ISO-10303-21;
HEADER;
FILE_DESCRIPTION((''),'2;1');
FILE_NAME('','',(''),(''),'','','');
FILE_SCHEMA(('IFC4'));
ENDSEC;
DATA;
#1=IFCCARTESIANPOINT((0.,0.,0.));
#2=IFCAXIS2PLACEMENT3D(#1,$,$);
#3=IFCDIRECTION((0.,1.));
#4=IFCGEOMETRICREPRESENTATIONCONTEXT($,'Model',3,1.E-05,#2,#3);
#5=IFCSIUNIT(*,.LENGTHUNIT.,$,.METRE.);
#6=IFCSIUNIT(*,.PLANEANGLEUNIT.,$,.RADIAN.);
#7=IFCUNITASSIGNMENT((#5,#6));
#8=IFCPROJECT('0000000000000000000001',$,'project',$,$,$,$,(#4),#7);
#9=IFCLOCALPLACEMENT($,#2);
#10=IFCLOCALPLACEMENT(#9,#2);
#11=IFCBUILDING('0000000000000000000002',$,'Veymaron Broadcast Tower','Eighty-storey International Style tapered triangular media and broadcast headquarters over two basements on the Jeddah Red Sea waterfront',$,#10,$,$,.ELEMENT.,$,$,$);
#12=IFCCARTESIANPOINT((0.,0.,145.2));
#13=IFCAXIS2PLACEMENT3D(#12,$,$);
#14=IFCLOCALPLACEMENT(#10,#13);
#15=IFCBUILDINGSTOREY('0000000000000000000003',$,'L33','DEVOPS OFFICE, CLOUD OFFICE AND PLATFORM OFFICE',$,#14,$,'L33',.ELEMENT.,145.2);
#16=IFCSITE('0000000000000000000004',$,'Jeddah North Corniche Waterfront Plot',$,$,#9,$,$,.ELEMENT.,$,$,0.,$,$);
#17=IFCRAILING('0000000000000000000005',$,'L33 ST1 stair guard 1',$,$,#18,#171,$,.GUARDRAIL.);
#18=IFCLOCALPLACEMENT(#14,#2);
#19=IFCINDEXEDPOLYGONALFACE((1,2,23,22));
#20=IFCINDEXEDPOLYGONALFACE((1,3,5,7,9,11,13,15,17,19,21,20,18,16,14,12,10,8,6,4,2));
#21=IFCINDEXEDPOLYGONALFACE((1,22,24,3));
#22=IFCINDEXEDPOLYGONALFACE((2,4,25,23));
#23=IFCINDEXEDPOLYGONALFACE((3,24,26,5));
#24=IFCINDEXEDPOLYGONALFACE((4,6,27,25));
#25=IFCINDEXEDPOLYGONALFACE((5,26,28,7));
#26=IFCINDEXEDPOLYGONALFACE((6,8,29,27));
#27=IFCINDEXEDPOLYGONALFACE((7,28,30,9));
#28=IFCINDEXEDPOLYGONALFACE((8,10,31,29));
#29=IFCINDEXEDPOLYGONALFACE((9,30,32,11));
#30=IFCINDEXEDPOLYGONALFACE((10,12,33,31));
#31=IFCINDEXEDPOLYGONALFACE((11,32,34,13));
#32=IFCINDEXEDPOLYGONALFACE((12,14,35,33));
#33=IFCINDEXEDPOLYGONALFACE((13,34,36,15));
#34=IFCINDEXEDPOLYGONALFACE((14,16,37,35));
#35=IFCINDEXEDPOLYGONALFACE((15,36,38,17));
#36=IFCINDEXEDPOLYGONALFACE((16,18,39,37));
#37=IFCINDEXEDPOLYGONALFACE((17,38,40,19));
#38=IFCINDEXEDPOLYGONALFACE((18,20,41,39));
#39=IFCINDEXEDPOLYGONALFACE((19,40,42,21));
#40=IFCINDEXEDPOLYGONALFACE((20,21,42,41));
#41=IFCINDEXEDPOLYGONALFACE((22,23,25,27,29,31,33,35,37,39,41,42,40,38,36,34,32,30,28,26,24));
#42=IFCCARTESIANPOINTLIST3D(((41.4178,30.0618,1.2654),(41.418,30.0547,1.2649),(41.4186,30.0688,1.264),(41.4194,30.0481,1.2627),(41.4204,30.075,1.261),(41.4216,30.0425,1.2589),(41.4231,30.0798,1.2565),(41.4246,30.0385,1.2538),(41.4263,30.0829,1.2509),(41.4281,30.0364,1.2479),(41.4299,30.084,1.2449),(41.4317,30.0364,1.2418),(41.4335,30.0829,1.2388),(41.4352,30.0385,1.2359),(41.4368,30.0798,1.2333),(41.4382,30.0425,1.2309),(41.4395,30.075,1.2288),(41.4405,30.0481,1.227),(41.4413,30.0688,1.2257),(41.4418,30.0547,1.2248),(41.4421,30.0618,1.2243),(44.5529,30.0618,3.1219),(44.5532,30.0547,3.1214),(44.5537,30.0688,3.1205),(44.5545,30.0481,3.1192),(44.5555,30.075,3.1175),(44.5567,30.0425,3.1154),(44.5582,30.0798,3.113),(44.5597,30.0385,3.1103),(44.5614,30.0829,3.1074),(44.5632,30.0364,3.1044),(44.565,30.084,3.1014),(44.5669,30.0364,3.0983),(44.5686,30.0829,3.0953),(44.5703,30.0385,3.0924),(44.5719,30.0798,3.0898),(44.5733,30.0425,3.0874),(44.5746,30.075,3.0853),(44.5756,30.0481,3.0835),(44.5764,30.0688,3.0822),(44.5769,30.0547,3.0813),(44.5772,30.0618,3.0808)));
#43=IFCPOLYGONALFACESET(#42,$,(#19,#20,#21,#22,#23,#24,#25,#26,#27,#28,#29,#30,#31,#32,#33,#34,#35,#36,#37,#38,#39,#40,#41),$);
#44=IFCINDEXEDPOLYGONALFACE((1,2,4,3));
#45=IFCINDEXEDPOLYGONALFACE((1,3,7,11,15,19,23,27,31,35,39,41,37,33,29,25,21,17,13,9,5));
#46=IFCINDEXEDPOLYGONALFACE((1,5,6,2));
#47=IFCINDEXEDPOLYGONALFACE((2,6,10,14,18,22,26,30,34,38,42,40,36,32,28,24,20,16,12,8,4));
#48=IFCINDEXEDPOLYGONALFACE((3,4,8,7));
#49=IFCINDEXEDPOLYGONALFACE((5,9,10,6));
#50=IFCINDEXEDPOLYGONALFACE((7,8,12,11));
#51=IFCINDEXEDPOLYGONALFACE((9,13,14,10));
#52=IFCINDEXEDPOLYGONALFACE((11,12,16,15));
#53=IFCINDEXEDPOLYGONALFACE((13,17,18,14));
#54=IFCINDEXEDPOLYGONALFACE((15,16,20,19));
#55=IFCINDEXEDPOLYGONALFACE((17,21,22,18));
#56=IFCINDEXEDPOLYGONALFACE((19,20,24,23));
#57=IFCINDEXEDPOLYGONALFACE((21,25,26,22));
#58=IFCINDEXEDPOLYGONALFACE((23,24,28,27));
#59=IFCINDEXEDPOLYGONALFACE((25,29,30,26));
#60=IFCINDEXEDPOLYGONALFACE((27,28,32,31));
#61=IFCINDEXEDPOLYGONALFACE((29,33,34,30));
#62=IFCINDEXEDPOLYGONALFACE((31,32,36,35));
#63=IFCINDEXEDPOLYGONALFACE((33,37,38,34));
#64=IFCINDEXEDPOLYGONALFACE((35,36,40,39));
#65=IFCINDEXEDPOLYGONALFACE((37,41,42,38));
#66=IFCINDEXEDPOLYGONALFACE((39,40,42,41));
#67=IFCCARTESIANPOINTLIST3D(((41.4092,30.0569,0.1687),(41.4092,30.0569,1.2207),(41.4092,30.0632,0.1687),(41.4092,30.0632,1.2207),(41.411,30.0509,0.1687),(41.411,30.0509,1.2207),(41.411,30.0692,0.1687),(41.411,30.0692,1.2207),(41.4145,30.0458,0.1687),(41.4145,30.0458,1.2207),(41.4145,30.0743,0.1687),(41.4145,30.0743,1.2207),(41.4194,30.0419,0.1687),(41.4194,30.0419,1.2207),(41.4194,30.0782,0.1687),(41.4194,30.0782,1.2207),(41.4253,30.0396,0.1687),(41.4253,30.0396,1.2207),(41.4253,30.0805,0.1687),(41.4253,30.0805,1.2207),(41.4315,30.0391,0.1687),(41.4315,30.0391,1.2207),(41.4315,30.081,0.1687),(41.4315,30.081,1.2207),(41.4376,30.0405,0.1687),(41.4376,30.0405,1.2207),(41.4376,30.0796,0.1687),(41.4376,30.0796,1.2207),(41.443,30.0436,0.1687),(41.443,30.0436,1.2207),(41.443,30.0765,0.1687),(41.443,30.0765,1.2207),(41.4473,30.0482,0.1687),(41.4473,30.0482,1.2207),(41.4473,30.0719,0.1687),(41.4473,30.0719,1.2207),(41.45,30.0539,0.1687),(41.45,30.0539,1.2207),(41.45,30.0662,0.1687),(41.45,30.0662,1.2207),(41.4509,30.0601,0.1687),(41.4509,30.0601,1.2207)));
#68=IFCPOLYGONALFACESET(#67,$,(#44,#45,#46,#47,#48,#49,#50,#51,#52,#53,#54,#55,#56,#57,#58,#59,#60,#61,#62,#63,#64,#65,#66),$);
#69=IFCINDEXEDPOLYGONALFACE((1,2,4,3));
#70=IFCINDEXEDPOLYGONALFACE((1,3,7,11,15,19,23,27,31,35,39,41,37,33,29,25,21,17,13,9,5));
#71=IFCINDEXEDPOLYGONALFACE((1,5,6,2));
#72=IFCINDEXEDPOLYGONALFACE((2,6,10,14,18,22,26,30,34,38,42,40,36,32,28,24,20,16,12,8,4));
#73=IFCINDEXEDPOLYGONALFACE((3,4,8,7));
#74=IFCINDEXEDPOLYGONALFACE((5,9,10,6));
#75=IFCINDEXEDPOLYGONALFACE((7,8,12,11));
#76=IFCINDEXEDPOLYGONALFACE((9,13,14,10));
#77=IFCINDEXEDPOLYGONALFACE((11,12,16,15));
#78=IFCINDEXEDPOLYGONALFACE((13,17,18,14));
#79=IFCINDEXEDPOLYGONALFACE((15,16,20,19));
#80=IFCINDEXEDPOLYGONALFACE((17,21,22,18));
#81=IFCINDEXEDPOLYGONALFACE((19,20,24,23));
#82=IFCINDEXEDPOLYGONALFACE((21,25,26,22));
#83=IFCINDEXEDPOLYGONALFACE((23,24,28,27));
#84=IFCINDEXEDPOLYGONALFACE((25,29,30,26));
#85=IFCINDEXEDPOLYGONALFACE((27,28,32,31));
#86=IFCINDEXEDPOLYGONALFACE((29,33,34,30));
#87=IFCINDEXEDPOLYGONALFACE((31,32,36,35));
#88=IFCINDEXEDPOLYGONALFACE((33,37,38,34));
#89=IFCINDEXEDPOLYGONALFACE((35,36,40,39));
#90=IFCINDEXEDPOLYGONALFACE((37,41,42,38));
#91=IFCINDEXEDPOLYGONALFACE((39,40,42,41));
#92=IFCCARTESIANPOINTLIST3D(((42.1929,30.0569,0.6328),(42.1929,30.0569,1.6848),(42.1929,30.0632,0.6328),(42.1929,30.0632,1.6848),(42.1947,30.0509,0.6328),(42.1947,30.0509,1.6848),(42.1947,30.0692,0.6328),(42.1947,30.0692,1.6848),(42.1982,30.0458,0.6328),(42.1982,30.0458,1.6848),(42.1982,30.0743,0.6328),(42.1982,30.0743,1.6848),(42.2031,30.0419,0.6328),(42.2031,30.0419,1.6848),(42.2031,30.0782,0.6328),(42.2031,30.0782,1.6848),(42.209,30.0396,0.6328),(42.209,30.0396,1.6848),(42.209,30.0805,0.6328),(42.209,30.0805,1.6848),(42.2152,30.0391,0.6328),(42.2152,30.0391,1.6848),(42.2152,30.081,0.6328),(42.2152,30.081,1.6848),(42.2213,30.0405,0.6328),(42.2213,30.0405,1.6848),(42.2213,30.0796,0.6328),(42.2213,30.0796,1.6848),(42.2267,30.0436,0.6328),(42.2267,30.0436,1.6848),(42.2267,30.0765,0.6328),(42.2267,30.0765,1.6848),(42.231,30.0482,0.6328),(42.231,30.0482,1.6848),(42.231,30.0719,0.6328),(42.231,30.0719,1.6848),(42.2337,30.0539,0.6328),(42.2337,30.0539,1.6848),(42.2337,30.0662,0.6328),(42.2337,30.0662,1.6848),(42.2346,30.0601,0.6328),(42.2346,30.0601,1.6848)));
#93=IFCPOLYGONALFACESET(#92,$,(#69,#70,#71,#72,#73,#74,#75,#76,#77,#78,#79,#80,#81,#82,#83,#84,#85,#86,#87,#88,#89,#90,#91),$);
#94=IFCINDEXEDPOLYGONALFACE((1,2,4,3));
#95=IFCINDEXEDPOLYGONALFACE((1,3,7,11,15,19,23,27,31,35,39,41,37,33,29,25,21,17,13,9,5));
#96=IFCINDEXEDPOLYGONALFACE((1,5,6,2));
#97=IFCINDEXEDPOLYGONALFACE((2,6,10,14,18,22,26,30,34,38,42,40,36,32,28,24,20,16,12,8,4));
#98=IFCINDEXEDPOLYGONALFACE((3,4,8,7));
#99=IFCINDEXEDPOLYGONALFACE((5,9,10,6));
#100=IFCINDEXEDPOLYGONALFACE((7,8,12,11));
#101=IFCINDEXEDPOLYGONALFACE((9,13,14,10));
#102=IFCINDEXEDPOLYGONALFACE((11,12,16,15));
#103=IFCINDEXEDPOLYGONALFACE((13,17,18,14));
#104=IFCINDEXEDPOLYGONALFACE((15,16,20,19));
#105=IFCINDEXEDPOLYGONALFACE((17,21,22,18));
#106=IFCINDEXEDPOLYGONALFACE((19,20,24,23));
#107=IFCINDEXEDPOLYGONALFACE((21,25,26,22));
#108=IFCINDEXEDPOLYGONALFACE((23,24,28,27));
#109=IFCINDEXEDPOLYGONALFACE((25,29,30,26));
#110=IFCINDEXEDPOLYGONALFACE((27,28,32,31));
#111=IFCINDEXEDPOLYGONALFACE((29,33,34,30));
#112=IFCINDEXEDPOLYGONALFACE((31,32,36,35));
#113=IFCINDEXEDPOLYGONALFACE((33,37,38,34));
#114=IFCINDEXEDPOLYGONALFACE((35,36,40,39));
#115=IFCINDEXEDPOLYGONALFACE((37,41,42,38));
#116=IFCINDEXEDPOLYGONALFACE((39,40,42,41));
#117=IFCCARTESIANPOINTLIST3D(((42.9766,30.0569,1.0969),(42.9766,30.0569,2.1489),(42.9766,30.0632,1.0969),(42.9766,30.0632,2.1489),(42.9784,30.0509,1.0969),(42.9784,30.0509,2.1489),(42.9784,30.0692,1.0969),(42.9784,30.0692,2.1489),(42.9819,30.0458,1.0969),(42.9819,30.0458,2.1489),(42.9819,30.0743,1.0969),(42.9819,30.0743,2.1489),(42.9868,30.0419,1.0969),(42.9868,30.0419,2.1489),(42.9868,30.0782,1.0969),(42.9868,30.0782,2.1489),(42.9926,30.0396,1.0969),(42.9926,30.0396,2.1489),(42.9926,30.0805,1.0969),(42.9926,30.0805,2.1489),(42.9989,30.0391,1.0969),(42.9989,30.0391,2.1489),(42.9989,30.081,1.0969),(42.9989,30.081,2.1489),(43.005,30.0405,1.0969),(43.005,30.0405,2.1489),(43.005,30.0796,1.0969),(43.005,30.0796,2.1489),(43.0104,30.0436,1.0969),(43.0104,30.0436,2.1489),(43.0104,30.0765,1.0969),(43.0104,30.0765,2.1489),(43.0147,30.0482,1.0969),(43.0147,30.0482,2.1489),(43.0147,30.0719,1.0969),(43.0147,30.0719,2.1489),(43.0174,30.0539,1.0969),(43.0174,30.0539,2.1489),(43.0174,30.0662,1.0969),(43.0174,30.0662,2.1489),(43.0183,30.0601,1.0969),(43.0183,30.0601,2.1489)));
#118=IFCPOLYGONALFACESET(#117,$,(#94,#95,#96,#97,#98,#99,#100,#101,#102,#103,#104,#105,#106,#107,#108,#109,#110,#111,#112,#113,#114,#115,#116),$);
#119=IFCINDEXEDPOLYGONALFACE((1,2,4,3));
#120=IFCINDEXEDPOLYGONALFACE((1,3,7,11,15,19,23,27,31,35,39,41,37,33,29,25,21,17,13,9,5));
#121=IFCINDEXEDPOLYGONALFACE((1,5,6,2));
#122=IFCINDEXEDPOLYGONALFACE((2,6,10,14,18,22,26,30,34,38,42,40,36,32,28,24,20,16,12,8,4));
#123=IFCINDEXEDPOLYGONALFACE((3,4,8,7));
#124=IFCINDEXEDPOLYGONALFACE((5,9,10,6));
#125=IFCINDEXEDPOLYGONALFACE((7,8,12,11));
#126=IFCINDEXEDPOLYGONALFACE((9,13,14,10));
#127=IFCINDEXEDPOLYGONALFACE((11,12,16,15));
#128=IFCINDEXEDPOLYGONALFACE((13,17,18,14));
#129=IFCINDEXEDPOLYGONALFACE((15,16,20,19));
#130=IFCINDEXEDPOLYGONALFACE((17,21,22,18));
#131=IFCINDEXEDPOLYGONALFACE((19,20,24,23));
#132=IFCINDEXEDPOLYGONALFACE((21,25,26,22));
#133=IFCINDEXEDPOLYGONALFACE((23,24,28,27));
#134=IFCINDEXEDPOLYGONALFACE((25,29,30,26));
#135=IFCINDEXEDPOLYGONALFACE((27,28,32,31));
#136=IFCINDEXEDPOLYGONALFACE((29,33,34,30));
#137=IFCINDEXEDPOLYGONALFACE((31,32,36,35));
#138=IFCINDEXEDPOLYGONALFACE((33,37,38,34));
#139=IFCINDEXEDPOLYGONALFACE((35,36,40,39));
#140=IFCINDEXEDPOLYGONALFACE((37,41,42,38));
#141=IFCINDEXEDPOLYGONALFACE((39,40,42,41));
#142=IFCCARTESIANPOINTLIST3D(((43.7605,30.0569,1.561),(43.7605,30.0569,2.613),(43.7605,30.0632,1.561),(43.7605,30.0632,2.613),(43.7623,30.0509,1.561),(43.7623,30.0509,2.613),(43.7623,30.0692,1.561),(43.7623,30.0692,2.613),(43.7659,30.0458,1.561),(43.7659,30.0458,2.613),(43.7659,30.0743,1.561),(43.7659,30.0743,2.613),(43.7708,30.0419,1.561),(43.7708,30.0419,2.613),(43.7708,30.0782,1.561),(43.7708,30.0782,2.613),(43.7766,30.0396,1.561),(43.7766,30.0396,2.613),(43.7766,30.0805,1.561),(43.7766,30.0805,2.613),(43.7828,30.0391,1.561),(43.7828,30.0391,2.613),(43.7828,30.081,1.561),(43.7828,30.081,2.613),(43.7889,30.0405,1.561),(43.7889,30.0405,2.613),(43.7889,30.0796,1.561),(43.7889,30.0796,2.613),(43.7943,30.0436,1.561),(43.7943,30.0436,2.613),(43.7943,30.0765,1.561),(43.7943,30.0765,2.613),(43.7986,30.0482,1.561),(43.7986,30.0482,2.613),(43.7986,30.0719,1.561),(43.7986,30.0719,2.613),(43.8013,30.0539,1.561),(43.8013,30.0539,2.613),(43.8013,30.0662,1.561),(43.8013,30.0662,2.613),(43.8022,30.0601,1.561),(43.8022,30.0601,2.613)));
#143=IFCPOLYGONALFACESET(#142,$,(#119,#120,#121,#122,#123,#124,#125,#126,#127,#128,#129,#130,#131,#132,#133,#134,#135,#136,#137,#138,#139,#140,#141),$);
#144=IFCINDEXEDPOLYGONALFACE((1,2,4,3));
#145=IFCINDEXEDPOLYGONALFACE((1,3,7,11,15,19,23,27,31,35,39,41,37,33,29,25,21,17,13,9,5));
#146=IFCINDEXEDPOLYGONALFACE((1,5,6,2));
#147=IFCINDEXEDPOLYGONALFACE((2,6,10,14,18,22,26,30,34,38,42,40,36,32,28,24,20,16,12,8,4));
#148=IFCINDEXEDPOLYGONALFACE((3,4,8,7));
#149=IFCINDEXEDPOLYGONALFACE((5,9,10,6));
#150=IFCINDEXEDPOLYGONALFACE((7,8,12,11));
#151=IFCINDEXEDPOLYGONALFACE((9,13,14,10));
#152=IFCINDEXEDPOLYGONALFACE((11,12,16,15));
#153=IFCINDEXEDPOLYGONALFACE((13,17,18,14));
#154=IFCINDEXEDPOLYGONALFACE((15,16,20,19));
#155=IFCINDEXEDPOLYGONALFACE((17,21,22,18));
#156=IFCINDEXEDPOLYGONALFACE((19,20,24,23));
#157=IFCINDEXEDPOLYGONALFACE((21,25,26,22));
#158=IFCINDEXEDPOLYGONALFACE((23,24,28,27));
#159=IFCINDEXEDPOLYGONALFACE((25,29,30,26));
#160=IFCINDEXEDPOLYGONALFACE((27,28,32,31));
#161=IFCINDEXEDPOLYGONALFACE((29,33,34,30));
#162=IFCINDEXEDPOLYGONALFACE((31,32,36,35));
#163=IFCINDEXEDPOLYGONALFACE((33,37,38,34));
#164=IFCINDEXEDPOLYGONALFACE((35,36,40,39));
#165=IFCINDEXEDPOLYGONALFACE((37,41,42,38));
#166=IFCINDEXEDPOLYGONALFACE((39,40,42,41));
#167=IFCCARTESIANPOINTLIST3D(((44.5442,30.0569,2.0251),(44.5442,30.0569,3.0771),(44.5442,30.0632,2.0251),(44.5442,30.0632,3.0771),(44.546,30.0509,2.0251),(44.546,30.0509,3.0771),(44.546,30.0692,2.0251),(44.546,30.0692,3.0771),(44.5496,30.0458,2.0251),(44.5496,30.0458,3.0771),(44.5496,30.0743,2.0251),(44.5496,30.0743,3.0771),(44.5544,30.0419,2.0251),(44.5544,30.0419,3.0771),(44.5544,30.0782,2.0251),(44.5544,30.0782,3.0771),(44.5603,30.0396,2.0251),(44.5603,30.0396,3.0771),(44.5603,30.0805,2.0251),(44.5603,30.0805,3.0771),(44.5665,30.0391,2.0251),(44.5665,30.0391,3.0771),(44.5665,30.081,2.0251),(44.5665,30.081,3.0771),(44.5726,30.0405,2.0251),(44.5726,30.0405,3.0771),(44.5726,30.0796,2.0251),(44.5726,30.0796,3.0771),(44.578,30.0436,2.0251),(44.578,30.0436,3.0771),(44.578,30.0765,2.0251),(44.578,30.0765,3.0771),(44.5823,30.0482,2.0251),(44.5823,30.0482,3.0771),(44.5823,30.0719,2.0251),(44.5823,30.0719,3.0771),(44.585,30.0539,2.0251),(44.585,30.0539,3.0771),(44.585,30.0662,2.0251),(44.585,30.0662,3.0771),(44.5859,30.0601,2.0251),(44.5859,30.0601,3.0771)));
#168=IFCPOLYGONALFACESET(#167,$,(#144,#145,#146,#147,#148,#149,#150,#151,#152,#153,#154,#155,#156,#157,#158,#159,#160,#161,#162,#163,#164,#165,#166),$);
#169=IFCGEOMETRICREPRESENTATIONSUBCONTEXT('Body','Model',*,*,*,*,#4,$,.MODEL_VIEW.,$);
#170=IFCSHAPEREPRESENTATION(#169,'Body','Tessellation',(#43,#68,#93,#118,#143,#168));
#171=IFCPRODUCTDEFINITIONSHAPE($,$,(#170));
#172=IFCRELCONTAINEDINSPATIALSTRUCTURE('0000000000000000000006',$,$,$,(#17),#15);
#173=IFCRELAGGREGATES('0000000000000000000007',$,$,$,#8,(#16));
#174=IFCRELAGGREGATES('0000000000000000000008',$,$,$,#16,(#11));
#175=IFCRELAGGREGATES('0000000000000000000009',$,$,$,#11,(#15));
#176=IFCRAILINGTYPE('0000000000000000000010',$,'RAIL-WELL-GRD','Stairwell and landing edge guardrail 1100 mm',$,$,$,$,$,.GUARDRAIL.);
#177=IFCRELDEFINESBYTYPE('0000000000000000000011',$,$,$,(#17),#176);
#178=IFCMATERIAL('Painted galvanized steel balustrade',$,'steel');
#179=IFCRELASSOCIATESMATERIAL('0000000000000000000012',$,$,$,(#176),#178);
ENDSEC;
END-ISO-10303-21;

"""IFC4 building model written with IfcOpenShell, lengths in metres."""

from ifc_helpers import new_model, si_unit, direction, frame, origin, origin_2d, place, context, subcontext, project, spatial, circle, extrude, material, type_object, element, save


model = new_model("IFC4")

# Units and contexts
model_context = context("Model", 3, precision=1e-05, world=origin(), true_north=direction((0.0, 1.0)))
body_context = subcontext(model_context, "Body", "Model", "MODEL_VIEW")
ifc_project = project(units=[si_unit("LENGTHUNIT", "METRE"), si_unit("PLANEANGLEUNIT", "RADIAN")], contexts=[model_context])

# Site, building, storey
site_placement = place(None, origin())
site = spatial("IfcSite", under=ifc_project, at=site_placement, Name="Jeddah North Corniche Waterfront Plot", CompositionType="ELEMENT", RefElevation=0.0)
building_placement = place(site_placement, origin())
building = spatial("IfcBuilding", under=site, at=building_placement, Name="Veymaron Broadcast Tower", Description="Eighty-storey International Style tapered triangular media and broadcast headquarters over two basements on the Jeddah Red Sea waterfront", CompositionType="ELEMENT")
storey_placement = place(building_placement, frame((0.0, 0.0, 145.2)))
storey = spatial("IfcBuildingStorey", under=building, at=storey_placement, Name="L33", Description="DEVOPS OFFICE, CLOUD OFFICE AND PLATFORM OFFICE", LongName="L33", CompositionType="ELEMENT", Elevation=145.2)

# Railing
ifc_material_1 = material(Name="Painted galvanized steel balustrade", Category="steel")
railing_type_1 = type_object("IfcRailingType", Name="RAIL-WELL-GRD", Description="Stairwell and landing edge guardrail 1100 mm", PredefinedType="GUARDRAIL", material=ifc_material_1)
railing_1_placement = place(storey_placement, frame((41.4299, 30.0601, 0.1687)))
element("IfcRailing", 1, at=railing_1_placement, inside=storey, type_object=railing_type_1, Name="L33 ST1 stair guard 1", PredefinedType="GUARDRAIL", context=body_context, shape_type="SweptSolid", body=[
    extrude(circle(Radius=0.0239, at=origin_2d()), frame((0.0, 0.0, 1.0762), z_axis=(0.860453, 0.0, 0.509531), x_axis=(0.0, 1.0, 0.0)), (0.0, 0.0, 1.0), 3.6436),
    extrude(circle(Radius=0.021, at=origin_2d()), origin(), (0.0, 0.0, 1.0), 1.052),
    extrude(circle(Radius=0.021, at=origin_2d()), frame((0.7837, 0.0, 0.4641)), (0.0, 0.0, 1.0), 1.052),
    extrude(circle(Radius=0.021, at=origin_2d()), frame((1.5674, 0.0, 0.9282)), (0.0, 0.0, 1.0), 1.052),
    extrude(circle(Radius=0.021, at=origin_2d()), frame((2.3513, 0.0, 1.3923)), (0.0, 0.0, 1.0), 1.052),
    extrude(circle(Radius=0.021, at=origin_2d()), frame((3.135, 0.0, 1.8564)), (0.0, 0.0, 1.0), 1.052),
])

save(model, "model.ifc")
